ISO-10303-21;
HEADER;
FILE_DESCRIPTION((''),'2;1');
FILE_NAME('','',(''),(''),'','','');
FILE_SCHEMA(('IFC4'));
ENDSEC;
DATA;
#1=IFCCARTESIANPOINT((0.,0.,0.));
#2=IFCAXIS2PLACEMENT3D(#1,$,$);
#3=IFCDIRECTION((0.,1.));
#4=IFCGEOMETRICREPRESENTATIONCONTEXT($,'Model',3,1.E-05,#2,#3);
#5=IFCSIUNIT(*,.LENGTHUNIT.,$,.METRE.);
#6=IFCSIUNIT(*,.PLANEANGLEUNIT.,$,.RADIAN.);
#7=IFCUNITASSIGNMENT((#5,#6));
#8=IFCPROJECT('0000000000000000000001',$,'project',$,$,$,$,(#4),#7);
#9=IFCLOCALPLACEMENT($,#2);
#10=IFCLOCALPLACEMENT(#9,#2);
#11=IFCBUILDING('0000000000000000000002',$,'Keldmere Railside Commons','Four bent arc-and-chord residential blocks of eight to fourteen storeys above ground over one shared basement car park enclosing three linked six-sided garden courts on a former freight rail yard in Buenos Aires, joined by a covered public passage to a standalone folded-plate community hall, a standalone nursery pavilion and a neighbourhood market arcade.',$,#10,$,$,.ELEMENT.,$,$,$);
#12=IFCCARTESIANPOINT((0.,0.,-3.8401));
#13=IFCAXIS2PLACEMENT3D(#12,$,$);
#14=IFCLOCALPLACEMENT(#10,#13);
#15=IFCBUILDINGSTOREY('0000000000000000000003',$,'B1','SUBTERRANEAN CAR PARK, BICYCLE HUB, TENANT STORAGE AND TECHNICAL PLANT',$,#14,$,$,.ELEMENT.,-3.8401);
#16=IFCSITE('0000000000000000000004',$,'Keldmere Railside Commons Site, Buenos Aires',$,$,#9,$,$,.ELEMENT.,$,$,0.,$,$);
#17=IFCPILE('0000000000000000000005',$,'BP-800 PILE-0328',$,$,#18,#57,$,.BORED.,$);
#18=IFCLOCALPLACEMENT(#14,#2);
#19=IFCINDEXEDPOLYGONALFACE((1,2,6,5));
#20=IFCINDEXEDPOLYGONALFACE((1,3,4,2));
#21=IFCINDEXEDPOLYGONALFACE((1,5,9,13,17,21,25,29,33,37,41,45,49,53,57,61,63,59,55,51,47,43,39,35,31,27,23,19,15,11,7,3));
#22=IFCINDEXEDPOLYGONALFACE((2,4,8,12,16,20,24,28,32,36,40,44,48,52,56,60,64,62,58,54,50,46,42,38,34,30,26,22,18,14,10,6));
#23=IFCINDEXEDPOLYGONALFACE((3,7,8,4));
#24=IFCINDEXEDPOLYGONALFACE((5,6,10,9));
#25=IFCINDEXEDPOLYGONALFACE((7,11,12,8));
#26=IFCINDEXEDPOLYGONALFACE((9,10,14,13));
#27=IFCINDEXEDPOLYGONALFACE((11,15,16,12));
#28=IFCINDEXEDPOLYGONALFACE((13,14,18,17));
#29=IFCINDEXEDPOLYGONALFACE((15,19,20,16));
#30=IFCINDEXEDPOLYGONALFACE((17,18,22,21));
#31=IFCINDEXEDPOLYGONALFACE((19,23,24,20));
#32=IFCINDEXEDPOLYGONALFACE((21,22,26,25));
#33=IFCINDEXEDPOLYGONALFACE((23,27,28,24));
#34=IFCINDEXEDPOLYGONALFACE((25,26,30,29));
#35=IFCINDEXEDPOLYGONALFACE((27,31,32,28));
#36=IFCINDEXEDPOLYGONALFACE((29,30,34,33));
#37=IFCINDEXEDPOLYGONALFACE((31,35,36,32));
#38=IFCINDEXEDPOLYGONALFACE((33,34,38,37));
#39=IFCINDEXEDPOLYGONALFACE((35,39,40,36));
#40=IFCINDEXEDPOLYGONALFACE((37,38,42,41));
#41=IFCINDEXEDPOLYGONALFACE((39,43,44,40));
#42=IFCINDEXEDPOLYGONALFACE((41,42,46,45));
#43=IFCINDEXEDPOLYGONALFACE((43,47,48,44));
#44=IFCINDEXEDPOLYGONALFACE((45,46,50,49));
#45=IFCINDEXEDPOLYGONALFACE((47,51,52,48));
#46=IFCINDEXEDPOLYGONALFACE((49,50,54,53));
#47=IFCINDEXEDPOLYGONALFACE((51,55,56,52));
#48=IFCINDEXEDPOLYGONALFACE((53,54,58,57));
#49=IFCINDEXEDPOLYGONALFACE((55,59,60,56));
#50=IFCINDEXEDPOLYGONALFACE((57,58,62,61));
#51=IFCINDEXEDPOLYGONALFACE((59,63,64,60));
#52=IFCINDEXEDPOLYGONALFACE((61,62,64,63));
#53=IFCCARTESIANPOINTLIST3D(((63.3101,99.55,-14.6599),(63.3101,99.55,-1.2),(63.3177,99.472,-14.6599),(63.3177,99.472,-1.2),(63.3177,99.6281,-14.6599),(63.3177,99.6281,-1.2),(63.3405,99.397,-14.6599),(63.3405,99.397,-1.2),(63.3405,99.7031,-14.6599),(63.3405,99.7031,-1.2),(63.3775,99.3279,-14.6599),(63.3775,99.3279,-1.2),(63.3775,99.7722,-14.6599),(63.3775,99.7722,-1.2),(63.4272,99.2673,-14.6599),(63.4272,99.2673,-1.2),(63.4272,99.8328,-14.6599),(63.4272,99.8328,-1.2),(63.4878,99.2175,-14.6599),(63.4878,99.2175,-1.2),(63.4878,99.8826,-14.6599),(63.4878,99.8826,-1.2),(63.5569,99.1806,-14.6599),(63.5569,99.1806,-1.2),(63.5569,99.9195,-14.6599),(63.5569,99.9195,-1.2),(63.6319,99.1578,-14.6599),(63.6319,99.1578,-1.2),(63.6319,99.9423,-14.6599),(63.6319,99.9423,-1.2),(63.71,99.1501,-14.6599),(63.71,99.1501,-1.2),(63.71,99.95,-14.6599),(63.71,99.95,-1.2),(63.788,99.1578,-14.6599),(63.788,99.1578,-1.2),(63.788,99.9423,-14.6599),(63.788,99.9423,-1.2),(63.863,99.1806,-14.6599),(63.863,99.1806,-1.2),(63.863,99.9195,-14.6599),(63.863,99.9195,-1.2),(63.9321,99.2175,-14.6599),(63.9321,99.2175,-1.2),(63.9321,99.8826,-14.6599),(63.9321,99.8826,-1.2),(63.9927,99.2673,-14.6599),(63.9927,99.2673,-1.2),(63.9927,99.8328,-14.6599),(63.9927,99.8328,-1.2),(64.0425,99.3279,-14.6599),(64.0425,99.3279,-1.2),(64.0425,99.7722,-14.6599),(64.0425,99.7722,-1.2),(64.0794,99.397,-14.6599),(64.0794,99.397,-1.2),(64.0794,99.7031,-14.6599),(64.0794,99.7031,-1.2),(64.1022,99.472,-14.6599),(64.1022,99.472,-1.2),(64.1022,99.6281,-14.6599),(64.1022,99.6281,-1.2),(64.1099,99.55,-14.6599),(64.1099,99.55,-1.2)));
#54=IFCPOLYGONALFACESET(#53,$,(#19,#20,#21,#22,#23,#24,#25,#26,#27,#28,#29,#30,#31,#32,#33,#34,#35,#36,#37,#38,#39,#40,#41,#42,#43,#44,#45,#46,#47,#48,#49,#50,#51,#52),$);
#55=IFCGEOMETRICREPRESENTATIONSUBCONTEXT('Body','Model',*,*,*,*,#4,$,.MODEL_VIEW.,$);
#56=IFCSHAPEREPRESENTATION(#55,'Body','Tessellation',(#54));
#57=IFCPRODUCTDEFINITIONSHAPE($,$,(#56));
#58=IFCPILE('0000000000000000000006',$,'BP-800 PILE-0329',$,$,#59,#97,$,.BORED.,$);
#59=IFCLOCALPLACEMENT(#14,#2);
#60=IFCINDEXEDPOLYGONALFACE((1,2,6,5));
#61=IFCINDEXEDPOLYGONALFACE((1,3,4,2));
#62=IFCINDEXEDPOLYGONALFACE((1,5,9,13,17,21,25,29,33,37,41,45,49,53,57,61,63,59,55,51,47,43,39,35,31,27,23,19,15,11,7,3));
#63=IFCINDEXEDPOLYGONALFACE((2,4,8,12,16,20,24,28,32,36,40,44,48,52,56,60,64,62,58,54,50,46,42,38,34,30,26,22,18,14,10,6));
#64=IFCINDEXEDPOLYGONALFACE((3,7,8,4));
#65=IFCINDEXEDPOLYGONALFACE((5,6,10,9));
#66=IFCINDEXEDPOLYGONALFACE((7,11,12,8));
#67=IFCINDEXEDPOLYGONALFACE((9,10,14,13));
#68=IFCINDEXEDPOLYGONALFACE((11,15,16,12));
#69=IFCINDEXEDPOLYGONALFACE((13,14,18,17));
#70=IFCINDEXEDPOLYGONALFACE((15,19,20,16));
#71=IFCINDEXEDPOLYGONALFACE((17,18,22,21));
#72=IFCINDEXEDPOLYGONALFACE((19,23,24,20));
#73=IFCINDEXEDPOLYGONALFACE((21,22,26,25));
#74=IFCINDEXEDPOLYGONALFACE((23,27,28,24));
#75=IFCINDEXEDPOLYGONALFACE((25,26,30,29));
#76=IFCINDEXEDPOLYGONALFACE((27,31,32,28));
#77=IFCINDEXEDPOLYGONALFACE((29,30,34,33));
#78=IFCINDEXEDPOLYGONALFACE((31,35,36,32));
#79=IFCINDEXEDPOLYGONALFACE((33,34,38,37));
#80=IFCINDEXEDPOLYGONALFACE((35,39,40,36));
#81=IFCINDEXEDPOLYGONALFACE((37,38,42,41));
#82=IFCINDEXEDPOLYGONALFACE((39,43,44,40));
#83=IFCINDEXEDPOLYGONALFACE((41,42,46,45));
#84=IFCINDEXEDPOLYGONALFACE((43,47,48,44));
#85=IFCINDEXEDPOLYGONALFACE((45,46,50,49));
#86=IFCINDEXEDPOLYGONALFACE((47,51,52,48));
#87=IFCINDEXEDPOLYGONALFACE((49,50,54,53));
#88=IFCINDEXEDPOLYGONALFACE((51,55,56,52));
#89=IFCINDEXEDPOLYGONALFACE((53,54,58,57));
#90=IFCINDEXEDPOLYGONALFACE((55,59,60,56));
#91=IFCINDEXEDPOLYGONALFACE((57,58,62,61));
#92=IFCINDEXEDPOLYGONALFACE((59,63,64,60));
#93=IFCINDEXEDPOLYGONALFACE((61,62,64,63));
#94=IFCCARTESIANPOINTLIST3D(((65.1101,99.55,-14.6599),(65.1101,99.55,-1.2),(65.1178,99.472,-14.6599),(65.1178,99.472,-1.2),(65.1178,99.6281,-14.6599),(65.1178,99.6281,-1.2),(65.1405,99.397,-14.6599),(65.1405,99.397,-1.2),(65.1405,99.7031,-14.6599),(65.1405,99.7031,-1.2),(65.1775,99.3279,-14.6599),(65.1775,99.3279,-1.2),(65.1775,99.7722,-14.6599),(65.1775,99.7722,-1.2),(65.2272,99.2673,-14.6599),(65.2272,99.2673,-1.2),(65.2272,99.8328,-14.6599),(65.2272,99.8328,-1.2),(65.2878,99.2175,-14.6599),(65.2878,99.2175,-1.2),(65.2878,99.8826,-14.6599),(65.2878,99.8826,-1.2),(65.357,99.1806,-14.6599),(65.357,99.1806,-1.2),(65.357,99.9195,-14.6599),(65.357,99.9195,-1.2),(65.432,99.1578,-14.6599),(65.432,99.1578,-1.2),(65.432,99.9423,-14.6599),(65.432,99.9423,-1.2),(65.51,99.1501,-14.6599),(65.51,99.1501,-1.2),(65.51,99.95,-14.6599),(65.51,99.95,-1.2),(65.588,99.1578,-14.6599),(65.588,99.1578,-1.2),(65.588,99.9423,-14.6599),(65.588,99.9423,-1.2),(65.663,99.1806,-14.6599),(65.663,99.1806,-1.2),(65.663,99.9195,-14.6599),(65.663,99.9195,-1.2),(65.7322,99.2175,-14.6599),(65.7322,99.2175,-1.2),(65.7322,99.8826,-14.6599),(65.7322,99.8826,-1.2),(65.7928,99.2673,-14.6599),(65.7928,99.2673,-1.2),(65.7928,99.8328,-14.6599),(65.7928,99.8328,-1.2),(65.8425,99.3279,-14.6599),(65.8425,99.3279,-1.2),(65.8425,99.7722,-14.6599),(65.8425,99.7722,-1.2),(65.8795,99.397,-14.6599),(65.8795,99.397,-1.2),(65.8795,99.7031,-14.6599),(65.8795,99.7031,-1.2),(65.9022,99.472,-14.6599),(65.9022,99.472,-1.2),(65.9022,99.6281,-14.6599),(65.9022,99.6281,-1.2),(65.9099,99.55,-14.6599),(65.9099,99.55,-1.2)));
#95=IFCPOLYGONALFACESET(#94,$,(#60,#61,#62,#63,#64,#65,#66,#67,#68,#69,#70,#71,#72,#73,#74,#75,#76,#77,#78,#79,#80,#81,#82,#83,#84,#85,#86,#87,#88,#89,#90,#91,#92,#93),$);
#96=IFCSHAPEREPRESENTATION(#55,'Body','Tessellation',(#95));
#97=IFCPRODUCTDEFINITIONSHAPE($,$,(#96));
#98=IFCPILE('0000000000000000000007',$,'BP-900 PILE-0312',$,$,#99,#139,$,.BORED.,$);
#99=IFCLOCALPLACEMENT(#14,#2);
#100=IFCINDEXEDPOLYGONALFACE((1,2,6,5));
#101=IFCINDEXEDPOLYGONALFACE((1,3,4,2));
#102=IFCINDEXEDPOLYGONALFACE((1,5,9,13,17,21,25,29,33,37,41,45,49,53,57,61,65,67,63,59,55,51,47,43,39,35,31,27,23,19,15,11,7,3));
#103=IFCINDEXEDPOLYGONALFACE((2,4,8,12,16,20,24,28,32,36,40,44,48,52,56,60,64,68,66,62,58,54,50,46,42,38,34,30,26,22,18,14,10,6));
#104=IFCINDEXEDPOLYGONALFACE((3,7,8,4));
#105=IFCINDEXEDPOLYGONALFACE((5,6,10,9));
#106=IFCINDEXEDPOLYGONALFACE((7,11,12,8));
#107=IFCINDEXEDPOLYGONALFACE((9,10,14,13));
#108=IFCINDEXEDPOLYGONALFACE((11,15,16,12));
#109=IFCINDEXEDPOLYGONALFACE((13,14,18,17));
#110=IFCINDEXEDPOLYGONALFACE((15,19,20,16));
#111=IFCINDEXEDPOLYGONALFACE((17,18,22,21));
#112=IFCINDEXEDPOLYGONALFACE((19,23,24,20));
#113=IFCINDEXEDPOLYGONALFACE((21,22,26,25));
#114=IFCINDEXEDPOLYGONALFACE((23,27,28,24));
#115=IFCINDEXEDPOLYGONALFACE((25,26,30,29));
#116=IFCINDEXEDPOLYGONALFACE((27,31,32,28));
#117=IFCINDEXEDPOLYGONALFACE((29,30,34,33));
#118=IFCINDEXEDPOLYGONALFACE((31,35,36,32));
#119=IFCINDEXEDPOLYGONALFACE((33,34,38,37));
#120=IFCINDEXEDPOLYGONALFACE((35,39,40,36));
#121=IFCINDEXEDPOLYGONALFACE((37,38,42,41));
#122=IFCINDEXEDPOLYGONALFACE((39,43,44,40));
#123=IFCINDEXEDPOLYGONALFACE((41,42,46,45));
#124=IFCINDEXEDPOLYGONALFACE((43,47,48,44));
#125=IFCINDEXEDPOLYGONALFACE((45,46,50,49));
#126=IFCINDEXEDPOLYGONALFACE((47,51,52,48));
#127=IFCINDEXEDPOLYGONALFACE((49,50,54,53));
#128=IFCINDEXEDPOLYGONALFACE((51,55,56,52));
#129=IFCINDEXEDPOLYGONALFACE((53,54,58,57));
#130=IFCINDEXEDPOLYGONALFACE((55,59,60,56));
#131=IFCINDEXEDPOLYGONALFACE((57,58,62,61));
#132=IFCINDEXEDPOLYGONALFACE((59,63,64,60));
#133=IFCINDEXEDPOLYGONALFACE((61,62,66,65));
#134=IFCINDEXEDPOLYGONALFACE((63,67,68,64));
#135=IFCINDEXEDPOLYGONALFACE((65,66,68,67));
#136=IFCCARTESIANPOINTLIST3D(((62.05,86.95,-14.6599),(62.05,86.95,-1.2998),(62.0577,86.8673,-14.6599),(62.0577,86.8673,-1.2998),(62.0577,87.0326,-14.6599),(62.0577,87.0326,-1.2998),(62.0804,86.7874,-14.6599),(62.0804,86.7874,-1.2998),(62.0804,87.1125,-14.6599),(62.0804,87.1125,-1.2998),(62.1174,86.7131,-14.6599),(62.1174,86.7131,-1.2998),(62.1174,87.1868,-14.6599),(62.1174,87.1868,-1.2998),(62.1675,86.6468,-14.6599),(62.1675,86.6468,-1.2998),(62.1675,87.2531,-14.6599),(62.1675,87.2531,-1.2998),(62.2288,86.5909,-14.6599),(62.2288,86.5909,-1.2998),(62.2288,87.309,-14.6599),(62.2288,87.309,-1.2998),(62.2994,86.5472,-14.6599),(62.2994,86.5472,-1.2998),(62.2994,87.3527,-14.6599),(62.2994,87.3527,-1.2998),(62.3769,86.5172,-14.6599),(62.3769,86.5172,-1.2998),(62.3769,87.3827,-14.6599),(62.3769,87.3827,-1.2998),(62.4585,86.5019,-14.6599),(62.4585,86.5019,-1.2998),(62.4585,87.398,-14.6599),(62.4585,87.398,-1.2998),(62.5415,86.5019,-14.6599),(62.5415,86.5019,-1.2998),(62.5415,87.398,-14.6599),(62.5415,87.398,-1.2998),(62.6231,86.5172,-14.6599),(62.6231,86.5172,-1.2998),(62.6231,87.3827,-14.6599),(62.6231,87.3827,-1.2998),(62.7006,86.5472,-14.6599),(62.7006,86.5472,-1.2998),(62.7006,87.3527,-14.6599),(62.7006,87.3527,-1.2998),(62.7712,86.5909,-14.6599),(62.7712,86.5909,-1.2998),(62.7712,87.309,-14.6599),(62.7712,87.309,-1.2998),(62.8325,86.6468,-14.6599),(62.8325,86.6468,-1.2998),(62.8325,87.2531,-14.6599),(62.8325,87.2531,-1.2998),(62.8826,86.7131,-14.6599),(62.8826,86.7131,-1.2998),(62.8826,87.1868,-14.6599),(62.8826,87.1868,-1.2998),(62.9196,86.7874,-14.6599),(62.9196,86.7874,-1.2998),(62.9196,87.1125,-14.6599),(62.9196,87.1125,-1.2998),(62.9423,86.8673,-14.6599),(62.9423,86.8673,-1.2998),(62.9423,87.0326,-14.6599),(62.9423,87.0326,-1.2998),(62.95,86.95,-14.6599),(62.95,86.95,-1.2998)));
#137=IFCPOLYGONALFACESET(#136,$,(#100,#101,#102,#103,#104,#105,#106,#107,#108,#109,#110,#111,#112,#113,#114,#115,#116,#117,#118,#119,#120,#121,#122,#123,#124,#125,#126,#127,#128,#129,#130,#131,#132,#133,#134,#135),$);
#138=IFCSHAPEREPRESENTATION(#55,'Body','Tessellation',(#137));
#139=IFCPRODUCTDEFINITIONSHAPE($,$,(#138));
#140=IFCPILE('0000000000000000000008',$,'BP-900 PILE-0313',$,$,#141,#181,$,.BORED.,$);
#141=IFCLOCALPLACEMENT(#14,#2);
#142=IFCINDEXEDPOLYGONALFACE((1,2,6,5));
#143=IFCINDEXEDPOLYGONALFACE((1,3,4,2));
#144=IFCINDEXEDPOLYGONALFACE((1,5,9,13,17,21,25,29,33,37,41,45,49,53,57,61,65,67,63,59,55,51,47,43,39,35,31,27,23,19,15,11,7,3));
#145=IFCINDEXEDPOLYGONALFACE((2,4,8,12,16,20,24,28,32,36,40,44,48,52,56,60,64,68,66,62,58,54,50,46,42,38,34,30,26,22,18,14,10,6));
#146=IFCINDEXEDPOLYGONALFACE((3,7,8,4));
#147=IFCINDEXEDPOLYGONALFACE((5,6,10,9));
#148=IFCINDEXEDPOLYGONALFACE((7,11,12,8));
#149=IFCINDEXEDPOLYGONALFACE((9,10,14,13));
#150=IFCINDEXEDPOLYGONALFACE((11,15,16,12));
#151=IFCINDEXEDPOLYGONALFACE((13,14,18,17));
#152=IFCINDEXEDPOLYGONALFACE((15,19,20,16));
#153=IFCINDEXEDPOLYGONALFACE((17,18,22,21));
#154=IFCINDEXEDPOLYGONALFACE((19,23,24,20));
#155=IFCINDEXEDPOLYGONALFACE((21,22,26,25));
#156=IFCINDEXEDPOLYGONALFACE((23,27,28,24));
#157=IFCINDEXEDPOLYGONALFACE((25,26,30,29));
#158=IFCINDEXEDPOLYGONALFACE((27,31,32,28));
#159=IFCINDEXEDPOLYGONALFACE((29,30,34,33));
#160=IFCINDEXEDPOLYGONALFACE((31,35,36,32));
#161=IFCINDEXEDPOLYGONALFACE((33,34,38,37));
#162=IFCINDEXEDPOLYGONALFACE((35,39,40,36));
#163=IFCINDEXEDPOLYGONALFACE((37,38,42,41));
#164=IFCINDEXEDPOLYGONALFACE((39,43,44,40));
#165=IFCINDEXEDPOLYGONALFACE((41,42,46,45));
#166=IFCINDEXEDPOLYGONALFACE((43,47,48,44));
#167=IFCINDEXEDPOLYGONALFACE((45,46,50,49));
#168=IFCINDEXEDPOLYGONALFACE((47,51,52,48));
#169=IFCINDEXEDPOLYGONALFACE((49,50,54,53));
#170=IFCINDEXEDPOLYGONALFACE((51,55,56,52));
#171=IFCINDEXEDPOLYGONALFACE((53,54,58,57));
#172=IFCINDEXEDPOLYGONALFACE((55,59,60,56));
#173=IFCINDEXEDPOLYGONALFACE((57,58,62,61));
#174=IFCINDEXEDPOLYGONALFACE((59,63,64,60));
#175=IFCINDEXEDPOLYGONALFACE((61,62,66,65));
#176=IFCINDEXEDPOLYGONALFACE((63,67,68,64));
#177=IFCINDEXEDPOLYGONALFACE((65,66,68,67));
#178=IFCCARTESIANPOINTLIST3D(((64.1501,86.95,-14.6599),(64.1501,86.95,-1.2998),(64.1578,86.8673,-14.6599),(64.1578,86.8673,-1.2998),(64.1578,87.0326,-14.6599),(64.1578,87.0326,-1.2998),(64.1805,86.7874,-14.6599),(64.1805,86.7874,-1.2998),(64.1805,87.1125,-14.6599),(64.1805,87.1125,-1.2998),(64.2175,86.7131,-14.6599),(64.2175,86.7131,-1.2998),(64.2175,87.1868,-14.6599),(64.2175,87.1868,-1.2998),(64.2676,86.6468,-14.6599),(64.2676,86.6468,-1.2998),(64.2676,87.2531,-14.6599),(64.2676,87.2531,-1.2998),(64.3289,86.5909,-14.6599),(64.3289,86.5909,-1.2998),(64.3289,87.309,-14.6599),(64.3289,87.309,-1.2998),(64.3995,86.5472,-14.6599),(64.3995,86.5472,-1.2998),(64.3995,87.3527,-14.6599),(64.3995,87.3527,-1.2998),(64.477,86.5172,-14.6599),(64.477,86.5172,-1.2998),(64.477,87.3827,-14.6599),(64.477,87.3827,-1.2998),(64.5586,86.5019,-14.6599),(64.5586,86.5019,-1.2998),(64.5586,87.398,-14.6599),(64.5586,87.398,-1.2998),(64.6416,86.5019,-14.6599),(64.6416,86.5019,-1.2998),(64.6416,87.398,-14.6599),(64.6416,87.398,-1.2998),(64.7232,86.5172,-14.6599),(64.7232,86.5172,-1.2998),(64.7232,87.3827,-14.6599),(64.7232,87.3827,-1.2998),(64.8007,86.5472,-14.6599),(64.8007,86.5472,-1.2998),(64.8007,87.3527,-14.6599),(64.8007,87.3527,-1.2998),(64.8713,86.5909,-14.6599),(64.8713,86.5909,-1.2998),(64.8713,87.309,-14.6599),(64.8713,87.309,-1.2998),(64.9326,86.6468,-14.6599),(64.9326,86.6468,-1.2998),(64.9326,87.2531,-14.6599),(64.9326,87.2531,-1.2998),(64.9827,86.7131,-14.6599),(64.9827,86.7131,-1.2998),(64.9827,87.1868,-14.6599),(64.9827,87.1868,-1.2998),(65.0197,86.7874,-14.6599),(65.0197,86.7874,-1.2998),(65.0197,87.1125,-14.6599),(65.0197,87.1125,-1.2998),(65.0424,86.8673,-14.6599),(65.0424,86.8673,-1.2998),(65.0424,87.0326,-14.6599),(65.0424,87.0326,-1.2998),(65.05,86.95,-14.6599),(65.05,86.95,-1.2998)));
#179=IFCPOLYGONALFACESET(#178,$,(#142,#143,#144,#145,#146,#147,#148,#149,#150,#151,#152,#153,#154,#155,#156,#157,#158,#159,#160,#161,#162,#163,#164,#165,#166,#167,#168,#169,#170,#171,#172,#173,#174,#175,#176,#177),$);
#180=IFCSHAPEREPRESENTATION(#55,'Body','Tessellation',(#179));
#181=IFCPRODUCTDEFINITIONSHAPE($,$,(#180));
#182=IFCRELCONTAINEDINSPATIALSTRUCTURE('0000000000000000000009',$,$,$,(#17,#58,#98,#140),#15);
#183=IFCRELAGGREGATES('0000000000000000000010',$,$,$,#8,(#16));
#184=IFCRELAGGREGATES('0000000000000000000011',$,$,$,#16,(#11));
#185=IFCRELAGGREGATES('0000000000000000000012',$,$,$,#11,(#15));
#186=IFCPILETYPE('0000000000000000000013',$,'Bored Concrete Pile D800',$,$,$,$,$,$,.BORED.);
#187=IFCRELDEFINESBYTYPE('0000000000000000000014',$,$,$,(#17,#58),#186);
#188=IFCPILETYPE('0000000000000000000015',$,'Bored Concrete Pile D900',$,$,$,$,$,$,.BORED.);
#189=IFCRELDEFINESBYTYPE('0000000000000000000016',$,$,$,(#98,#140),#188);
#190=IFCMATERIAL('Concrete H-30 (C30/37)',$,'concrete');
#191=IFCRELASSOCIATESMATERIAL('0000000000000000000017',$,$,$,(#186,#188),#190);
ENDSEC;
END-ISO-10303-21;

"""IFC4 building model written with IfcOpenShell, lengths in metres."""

from ifc_helpers import new_model, si_unit, direction, frame, origin, origin_2d, place, context, subcontext, project, spatial, circle, extrude, material, material_profile, profile_set, type_object, element, save


model = new_model("IFC4")

# Units and contexts
model_context = context("Model", 3, precision=1e-05, world=origin(), true_north=direction((0.0, 1.0)))
body_context = subcontext(model_context, "Body", "Model", "MODEL_VIEW")
ifc_project = project(units=[si_unit("LENGTHUNIT", "METRE"), si_unit("PLANEANGLEUNIT", "RADIAN")], contexts=[model_context])

# Site, building, storey
site_placement = place(None, origin())
site = spatial("IfcSite", under=ifc_project, at=site_placement, Name="Keldmere Railside Commons Site, Buenos Aires", CompositionType="ELEMENT", RefElevation=0.0)
building_placement = place(site_placement, origin())
building = spatial("IfcBuilding", under=site, at=building_placement, Name="Keldmere Railside Commons", Description="Four bent arc-and-chord residential blocks of eight to fourteen storeys above ground over one shared basement car park enclosing three linked six-sided garden courts on a former freight rail yard in Buenos Aires, joined by a covered public passage to a standalone folded-plate community hall, a standalone nursery pavilion and a neighbourhood market arcade.", CompositionType="ELEMENT")
storey_placement = place(building_placement, frame((0.0, 0.0, -3.8401)))
storey = spatial("IfcBuildingStorey", under=building, at=storey_placement, Name="B1", Description="SUBTERRANEAN CAR PARK, BICYCLE HUB, TENANT STORAGE AND TECHNICAL PLANT", CompositionType="ELEMENT", Elevation=-3.8401)

# Piles
ifc_material_1 = material(Name="Concrete H-30 (C30/37)", Category="concrete")
ifc_material_profile_1 = material_profile(ifc_material_1, circle(Radius=0.3999, at=origin_2d()), Name="PILE-D800")
ifc_profile_set_1 = profile_set([ifc_material_profile_1], Name="Concrete H-30 (C30/37)")
pile_type_1 = type_object("IfcPileType", Name="Bored Concrete Pile D800", PredefinedType="BORED", material=ifc_profile_set_1)
for number, where, z_axis, x_axis, name in (
    (1, (63.71, 99.55, -1.2), (0.0, 0.0, -1.0), (1.0, 0.0, 0.0), "BP-800 PILE-0328"),
    (2, (65.51, 99.55, -1.2), (0.0, 0.0, -1.0), (1.0, 0.0, 0.0), "BP-800 PILE-0329"),
):
    element("IfcPile", number, at=place(storey_placement, frame(where, z_axis=z_axis, x_axis=x_axis)), inside=storey, type_object=pile_type_1, Name=name, PredefinedType="BORED", context=body_context, shape_type="SweptSolid", body=[
        extrude(circle(Radius=0.3999, at=origin_2d()), origin(), (0.0, 0.0, 1.0), 13.46),
    ])
ifc_material_profile_2 = material_profile(ifc_material_1, circle(Radius=0.45, at=origin_2d()), Name="PILE-D900")
ifc_profile_set_2 = profile_set([ifc_material_profile_2], Name="Concrete H-30 (C30/37)")
pile_type_2 = type_object("IfcPileType", Name="Bored Concrete Pile D900", PredefinedType="BORED", material=ifc_profile_set_2)
for number, where, z_axis, x_axis, name in (
    (3, (62.5, 86.95, -1.2998), (0.0, 0.0, -1.0), (1.0, 0.0, 0.0), "BP-900 PILE-0312"),
    (4, (64.6001, 86.95, -1.2998), (0.0, 0.0, -1.0), (1.0, 0.0, 0.0), "BP-900 PILE-0313"),
):
    element("IfcPile", number, at=place(storey_placement, frame(where, z_axis=z_axis, x_axis=x_axis)), inside=storey, type_object=pile_type_2, Name=name, PredefinedType="BORED", context=body_context, shape_type="SweptSolid", body=[
        extrude(circle(Radius=0.45, at=origin_2d()), origin(), (0.0, 0.0, 1.0), 13.3601),
    ])

save(model, "model.ifc")
